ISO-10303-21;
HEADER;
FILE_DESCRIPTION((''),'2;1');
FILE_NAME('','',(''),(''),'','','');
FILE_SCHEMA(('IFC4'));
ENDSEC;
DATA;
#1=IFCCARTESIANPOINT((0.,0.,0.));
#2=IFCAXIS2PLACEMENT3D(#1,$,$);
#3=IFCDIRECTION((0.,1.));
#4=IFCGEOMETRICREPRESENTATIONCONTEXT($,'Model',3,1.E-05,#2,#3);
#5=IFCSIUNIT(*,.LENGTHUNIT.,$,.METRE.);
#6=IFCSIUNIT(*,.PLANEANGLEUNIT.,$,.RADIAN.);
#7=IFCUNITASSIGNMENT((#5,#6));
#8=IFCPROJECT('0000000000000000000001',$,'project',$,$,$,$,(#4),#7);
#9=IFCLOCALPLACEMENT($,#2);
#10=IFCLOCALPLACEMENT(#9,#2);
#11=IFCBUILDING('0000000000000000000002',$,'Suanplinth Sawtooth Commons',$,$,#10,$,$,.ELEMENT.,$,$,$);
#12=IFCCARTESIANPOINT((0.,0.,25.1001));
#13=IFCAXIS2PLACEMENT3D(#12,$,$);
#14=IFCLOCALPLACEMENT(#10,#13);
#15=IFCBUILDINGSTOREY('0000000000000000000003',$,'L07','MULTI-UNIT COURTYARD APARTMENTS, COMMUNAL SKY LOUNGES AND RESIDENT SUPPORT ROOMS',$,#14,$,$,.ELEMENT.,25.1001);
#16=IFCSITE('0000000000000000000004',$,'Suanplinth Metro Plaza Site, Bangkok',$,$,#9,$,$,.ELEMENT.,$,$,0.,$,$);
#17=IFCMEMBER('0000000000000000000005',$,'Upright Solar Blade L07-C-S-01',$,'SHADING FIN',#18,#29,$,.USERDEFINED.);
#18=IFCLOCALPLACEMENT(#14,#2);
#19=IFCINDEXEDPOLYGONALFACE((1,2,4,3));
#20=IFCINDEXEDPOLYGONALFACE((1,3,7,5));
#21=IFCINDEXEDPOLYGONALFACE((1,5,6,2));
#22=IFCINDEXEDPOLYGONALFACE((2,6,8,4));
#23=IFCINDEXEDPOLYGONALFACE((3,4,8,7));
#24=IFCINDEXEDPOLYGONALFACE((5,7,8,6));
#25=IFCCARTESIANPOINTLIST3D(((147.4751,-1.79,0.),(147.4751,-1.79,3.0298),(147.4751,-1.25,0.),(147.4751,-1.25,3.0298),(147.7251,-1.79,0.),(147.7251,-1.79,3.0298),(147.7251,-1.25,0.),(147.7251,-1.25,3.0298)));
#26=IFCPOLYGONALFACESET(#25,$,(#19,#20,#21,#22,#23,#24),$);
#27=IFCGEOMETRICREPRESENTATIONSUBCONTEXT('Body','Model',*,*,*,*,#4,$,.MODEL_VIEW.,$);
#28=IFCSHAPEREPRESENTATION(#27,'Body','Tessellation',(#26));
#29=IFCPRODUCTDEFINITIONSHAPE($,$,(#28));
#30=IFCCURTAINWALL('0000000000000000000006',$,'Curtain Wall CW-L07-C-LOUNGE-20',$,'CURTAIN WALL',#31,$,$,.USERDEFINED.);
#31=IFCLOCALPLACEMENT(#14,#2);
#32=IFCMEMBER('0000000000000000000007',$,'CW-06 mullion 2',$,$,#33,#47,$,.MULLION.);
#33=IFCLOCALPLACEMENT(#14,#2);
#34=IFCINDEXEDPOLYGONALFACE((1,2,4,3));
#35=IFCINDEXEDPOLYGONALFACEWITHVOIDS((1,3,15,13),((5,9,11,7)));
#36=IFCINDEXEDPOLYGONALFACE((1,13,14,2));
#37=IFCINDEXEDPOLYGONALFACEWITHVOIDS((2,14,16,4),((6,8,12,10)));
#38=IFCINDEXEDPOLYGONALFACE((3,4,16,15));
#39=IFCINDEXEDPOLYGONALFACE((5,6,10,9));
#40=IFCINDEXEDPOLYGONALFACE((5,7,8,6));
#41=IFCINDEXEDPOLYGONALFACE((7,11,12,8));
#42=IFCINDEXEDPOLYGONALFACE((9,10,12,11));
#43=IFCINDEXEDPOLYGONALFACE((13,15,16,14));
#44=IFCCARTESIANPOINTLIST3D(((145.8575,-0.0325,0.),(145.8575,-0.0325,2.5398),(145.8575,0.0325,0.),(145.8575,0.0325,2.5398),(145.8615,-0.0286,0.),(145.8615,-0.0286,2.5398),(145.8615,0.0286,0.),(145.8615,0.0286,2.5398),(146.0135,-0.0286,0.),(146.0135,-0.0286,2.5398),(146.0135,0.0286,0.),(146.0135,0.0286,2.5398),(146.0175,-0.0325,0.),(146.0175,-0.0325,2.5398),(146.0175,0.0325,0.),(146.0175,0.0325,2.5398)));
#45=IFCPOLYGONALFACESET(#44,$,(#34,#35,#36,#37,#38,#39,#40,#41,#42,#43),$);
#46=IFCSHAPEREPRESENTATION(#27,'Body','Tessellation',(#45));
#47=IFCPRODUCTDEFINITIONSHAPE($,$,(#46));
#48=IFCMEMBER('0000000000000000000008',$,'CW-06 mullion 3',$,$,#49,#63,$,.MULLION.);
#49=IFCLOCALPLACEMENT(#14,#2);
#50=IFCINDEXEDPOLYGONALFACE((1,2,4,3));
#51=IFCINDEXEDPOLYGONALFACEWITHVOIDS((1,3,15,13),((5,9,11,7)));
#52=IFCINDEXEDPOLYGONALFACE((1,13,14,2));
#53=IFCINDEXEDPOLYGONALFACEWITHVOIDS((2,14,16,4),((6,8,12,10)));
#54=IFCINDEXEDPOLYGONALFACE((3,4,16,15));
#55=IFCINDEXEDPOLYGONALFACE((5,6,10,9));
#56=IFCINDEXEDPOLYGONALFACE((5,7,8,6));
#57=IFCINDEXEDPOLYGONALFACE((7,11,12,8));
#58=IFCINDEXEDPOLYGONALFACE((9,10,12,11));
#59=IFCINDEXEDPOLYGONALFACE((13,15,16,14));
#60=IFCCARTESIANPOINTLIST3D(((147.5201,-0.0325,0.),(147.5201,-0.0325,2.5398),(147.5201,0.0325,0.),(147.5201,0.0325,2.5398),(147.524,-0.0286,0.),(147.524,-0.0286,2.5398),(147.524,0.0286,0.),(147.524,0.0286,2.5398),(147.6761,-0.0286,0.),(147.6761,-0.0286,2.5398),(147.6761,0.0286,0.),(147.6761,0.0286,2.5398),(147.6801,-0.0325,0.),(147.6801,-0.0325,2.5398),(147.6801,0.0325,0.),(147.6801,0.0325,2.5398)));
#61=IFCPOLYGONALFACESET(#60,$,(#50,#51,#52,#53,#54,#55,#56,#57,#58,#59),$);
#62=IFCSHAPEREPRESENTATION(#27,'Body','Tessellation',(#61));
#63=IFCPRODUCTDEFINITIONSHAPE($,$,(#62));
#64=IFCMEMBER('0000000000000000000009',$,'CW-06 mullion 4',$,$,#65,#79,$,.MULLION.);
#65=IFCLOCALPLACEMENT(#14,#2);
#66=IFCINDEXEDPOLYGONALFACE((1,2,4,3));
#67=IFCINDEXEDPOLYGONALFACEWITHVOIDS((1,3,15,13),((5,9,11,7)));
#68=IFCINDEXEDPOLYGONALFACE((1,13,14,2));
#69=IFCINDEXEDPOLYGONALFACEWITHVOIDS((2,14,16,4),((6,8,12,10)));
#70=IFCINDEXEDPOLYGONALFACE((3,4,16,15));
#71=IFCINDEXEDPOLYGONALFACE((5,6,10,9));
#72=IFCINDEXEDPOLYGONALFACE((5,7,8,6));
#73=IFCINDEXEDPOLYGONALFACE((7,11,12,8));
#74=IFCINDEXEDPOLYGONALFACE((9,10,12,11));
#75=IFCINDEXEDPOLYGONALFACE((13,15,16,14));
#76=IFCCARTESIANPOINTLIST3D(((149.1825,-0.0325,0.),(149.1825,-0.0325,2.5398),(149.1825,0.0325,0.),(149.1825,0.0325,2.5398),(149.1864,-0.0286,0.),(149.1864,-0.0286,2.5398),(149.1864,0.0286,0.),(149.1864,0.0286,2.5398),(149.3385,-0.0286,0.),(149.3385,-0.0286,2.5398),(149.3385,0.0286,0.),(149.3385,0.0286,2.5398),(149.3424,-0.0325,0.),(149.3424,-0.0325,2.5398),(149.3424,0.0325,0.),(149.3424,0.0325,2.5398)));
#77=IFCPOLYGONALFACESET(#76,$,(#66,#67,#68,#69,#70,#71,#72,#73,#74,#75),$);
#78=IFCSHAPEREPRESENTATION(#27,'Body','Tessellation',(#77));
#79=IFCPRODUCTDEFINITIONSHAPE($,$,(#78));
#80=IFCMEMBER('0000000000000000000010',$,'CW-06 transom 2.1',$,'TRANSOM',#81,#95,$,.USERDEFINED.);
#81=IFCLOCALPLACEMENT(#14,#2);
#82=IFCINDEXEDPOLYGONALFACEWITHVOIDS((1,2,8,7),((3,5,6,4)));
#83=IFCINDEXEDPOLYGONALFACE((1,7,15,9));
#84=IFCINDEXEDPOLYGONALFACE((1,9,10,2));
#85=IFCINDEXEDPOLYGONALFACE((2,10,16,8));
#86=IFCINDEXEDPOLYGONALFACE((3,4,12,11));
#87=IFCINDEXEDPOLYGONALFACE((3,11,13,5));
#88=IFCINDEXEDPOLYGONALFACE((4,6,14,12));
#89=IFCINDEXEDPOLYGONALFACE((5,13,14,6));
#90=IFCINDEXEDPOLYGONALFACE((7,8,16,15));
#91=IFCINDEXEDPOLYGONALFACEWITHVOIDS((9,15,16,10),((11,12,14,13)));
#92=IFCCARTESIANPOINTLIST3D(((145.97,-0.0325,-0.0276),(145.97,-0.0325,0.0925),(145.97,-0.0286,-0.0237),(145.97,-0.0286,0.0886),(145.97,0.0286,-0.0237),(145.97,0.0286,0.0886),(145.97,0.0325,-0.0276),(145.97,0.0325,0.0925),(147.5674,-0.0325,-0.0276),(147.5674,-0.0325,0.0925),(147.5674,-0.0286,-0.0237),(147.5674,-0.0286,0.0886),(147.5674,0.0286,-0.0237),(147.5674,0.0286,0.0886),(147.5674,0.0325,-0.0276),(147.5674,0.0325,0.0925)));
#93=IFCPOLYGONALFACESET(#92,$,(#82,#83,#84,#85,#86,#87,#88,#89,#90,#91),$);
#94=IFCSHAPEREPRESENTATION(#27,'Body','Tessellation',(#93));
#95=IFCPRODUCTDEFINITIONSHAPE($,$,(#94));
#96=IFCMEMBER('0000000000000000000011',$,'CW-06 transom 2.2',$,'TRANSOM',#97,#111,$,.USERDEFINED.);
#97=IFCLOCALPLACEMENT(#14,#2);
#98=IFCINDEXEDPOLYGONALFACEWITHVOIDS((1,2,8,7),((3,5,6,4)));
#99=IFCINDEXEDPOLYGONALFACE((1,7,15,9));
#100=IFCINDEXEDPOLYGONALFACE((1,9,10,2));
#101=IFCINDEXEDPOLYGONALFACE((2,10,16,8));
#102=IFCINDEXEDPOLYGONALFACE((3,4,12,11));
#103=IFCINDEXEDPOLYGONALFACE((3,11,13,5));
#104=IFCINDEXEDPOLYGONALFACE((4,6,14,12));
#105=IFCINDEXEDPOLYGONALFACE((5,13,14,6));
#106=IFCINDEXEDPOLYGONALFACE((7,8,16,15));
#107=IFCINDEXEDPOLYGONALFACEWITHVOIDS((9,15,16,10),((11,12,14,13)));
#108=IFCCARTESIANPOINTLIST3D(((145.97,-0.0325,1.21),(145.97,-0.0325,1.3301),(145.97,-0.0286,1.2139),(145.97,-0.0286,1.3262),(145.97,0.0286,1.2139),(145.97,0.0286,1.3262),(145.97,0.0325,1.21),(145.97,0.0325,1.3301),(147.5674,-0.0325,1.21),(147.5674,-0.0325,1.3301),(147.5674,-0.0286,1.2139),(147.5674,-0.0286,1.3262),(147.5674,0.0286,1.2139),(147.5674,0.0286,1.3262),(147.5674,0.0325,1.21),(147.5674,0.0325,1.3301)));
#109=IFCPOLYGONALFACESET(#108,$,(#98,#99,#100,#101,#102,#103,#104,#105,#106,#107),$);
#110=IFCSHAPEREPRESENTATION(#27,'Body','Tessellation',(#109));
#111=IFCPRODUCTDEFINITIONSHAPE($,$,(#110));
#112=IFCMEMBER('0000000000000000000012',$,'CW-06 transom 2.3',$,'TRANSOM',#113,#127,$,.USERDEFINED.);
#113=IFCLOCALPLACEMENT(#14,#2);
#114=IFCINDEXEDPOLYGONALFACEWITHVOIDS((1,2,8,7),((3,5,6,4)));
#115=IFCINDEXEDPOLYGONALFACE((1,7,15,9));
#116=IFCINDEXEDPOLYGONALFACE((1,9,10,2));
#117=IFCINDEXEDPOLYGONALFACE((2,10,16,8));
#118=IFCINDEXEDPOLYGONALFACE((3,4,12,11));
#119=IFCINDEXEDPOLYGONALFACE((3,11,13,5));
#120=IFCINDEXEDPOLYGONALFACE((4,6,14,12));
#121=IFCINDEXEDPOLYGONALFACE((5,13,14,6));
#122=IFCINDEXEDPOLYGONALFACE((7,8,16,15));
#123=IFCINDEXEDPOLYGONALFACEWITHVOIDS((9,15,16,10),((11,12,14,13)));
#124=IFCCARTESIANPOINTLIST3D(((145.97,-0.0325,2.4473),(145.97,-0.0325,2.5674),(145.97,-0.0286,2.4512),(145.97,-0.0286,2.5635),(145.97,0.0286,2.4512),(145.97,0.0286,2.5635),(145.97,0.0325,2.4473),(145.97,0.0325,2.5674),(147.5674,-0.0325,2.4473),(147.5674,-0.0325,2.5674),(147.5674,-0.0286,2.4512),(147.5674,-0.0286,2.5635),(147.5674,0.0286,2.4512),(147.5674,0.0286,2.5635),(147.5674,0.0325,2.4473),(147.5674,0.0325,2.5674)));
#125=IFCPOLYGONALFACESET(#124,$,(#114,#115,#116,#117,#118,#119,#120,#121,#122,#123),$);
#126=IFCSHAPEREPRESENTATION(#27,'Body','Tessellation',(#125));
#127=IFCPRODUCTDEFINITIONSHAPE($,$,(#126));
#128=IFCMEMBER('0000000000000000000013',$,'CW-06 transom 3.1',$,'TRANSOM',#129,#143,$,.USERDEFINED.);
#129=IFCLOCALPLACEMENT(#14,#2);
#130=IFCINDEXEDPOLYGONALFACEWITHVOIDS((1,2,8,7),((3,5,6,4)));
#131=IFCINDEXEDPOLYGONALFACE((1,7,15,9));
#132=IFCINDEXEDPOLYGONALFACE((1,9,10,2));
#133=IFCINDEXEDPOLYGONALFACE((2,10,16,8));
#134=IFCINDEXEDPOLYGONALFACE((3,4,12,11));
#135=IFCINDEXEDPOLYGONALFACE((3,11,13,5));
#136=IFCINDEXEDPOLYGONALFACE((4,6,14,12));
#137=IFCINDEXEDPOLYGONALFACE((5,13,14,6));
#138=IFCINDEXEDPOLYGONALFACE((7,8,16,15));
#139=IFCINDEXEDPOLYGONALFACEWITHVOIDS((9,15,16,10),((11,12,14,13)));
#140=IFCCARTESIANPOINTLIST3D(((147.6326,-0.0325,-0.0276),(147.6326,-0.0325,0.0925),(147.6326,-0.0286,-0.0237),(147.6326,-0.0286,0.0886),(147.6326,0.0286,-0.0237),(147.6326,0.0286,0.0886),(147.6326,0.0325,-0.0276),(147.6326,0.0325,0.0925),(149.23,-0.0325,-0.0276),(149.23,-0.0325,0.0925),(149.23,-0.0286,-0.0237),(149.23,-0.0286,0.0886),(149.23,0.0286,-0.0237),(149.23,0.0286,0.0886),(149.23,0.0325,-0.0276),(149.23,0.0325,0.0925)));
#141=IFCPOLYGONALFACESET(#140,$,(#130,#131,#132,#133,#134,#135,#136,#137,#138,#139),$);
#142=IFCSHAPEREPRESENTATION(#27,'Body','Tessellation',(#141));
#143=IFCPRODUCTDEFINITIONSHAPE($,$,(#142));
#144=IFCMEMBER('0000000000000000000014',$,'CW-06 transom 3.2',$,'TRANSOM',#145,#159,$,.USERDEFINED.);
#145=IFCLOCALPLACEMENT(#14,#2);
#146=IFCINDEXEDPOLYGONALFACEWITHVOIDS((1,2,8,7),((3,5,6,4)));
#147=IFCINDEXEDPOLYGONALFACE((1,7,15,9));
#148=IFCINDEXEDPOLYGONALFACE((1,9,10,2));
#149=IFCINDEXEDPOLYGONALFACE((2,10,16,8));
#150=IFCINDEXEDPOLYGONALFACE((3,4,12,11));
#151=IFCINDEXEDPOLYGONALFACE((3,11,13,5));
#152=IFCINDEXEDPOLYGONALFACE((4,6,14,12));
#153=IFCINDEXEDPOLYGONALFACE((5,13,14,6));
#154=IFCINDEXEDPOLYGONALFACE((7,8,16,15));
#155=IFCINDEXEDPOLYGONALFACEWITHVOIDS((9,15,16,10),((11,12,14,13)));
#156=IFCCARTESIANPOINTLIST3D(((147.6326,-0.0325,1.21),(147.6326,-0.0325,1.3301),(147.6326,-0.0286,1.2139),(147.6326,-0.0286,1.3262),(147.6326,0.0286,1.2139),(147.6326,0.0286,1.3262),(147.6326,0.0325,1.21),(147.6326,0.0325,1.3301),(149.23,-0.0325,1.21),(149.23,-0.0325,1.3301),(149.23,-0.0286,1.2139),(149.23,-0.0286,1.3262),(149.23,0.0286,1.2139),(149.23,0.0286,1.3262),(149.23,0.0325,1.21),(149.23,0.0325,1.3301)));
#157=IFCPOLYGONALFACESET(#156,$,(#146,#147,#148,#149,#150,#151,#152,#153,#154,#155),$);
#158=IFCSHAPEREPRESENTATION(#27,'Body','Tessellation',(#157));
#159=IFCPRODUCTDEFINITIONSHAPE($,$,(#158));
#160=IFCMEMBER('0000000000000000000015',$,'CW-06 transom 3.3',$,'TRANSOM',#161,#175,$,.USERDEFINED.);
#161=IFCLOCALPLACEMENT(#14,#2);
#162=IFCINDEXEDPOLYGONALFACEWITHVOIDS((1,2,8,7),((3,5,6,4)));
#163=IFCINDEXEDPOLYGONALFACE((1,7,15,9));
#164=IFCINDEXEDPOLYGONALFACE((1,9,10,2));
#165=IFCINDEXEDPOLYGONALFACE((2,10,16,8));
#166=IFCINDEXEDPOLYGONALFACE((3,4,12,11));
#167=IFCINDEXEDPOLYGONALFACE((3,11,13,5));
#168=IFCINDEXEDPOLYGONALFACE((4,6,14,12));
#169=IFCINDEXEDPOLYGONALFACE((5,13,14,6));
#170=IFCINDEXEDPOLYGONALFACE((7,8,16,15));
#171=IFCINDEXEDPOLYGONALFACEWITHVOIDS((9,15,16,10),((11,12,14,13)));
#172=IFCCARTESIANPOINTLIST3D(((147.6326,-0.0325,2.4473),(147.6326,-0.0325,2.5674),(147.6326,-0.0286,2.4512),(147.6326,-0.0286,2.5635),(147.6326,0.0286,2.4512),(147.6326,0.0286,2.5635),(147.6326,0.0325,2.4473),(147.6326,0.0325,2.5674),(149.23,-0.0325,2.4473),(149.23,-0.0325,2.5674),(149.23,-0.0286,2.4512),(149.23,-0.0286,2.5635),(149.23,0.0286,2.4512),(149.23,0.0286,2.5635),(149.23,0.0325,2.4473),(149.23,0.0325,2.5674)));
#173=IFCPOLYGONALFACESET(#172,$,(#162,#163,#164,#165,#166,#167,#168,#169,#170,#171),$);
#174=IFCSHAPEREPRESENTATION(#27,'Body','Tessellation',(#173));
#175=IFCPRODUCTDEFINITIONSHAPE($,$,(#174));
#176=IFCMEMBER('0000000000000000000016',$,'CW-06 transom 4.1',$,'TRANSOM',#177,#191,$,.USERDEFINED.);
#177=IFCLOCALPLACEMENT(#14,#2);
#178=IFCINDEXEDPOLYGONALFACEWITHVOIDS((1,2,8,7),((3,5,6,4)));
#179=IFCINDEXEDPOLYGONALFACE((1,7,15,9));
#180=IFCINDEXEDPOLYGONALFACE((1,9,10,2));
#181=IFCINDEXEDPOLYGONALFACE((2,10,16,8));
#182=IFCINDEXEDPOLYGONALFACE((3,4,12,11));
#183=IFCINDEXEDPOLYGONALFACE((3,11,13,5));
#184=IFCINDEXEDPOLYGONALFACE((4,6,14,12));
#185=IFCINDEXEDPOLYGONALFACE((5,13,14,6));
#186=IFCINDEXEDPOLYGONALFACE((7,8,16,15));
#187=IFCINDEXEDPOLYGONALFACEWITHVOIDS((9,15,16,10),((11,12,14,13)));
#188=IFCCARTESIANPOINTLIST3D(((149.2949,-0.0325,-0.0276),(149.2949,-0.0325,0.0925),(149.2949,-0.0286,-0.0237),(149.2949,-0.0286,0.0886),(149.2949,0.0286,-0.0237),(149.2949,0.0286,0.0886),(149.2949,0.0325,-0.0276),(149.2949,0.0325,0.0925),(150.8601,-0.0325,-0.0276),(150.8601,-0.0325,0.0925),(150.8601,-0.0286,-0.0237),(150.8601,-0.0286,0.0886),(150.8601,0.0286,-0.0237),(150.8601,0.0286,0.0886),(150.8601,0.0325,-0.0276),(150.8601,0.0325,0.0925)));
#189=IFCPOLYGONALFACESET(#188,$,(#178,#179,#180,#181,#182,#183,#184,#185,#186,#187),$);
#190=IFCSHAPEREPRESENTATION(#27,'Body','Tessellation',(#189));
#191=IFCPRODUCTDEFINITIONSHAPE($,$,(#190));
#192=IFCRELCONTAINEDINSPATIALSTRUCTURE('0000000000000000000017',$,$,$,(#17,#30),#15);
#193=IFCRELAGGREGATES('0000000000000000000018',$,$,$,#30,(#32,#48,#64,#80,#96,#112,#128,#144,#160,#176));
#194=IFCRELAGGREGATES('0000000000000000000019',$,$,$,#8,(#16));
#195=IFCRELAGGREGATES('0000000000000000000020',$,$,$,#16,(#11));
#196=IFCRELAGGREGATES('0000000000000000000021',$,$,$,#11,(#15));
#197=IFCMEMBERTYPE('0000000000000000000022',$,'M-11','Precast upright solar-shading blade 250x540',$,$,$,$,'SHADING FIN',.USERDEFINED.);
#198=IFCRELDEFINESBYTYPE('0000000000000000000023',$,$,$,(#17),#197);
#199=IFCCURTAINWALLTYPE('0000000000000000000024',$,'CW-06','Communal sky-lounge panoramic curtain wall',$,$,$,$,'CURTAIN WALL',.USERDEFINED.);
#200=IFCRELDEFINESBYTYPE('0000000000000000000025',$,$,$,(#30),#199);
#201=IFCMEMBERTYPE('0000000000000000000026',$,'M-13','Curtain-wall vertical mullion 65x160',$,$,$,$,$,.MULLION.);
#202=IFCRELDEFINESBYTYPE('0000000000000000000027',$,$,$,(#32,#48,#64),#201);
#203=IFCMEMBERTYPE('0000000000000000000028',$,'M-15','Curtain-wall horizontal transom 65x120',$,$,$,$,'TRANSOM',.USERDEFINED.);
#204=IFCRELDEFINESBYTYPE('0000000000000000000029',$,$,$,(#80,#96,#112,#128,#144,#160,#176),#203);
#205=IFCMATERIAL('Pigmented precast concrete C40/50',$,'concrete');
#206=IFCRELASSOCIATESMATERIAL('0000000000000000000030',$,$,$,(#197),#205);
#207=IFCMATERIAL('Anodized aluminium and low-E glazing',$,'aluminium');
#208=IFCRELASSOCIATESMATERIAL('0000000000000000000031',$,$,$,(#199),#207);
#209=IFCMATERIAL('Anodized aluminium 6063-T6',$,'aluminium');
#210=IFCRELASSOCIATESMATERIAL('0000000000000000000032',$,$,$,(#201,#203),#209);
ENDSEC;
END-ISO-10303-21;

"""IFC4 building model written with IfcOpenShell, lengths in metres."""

from ifc_helpers import new_model, si_unit, direction, frame, origin, origin_2d, place, context, subcontext, project, spatial, rectangle, hollow_rectangle, extrude, material, material_profile, profile_set, type_object, element, aggregate, save


model = new_model("IFC4")

# Units and contexts
model_context = context("Model", 3, precision=1e-05, world=origin(), true_north=direction((0.0, 1.0)))
body_context = subcontext(model_context, "Body", "Model", "MODEL_VIEW")
ifc_project = project(units=[si_unit("LENGTHUNIT", "METRE"), si_unit("PLANEANGLEUNIT", "RADIAN")], contexts=[model_context])

# Site, building, storey
site_placement = place(None, origin())
site = spatial("IfcSite", under=ifc_project, at=site_placement, Name="Suanplinth Metro Plaza Site, Bangkok", CompositionType="ELEMENT", RefElevation=0.0)
building_placement = place(site_placement, origin())
building = spatial("IfcBuilding", under=site, at=building_placement, Name="Suanplinth Sawtooth Commons", CompositionType="ELEMENT")
storey_placement = place(building_placement, frame((0.0, 0.0, 25.1001)))
storey = spatial("IfcBuildingStorey", under=building, at=storey_placement, Name="L07", Description="MULTI-UNIT COURTYARD APARTMENTS, COMMUNAL SKY LOUNGES AND RESIDENT SUPPORT ROOMS", CompositionType="ELEMENT", Elevation=25.1001)

# Member
ifc_material_1 = material(Name="Pigmented precast concrete C40/50", Category="concrete")
ifc_material_profile_1 = material_profile(ifc_material_1, rectangle(XDim=0.25, YDim=0.54, at=origin_2d()), Name="PC-FIN 250x540")
ifc_profile_set_1 = profile_set([ifc_material_profile_1], Name="Pigmented precast concrete C40/50")
member_type_1 = type_object("IfcMemberType", Name="M-11", Description="Precast upright solar-shading blade 250x540", ElementType="SHADING FIN", PredefinedType="USERDEFINED", material=ifc_profile_set_1)
member_1_placement = place(storey_placement, frame((147.6001, -1.52, 0.0), z_axis=(0.0, 0.0, 1.0), x_axis=(1.0, 0.0, 0.0)))
element("IfcMember", 1, at=member_1_placement, inside=storey, type_object=member_type_1, Name="Upright Solar Blade L07-C-S-01", ObjectType="SHADING FIN", PredefinedType="USERDEFINED", context=body_context, shape_type="SweptSolid", body=[
    extrude(rectangle(XDim=0.25, YDim=0.54, at=origin_2d()), origin(), (0.0, 0.0, 1.0), 3.0298),
])

# Curtain wall, members
ifc_material_2 = material(Name="Anodized aluminium and low-E glazing", Category="aluminium")
curtain_wall_type = type_object("IfcCurtainWallType", Name="CW-06", Description="Communal sky-lounge panoramic curtain wall", ElementType="CURTAIN WALL", PredefinedType="USERDEFINED", material=ifc_material_2)
curtain_wall_placement = place(storey_placement, origin())
curtain_wall = element("IfcCurtainWall", 2, at=curtain_wall_placement, inside=storey, type_object=curtain_wall_type, Name="Curtain Wall CW-L07-C-LOUNGE-20", ObjectType="CURTAIN WALL", PredefinedType="USERDEFINED")
ifc_material_3 = material(Name="Anodized aluminium 6063-T6", Category="aluminium")
ifc_material_profile_2 = material_profile(ifc_material_3, hollow_rectangle(XDim=0.0649, YDim=0.1599, WallThickness=0.0039, at=origin_2d()), Name="ALU-MUL 65x160")
ifc_profile_set_2 = profile_set([ifc_material_profile_2], Name="Anodized aluminium 6063-T6")
member_type_2 = type_object("IfcMemberType", Name="M-13", Description="Curtain-wall vertical mullion 65x160", PredefinedType="MULLION", material=ifc_profile_set_2)
member_2_placement = place(storey_placement, frame((145.9375, 0.0, 0.0), z_axis=(0.0, 0.0, 1.0), x_axis=(0.0, 1.0, 0.0)))
member_2 = element("IfcMember", 3, at=member_2_placement, type_object=member_type_2, Name="CW-06 mullion 2", PredefinedType="MULLION", context=body_context, shape_type="SweptSolid", body=[
    extrude(hollow_rectangle(XDim=0.0649, YDim=0.1599, WallThickness=0.0039, at=origin_2d()), origin(), (0.0, 0.0, 1.0), 2.5398),
])
member_3_placement = place(storey_placement, frame((147.6001, 0.0, 0.0), z_axis=(0.0, 0.0, 1.0), x_axis=(0.0, 1.0, 0.0)))
member_3 = element("IfcMember", 4, at=member_3_placement, type_object=member_type_2, Name="CW-06 mullion 3", PredefinedType="MULLION", context=body_context, shape_type="SweptSolid", body=[
    extrude(hollow_rectangle(XDim=0.0649, YDim=0.1599, WallThickness=0.0039, at=origin_2d()), origin(), (0.0, 0.0, 1.0), 2.5398),
])
member_4_placement = place(storey_placement, frame((149.2625, 0.0, 0.0), z_axis=(0.0, 0.0, 1.0), x_axis=(0.0, 1.0, 0.0)))
member_4 = element("IfcMember", 5, at=member_4_placement, type_object=member_type_2, Name="CW-06 mullion 4", PredefinedType="MULLION", context=body_context, shape_type="SweptSolid", body=[
    extrude(hollow_rectangle(XDim=0.0649, YDim=0.1599, WallThickness=0.0039, at=origin_2d()), origin(), (0.0, 0.0, 1.0), 2.5398),
])
ifc_material_profile_3 = material_profile(ifc_material_3, hollow_rectangle(XDim=0.0649, YDim=0.1201, WallThickness=0.0039, at=origin_2d()), Name="ALU-TRN 65x120")
ifc_profile_set_3 = profile_set([ifc_material_profile_3], Name="Anodized aluminium 6063-T6")
member_type_3 = type_object("IfcMemberType", Name="M-15", Description="Curtain-wall horizontal transom 65x120", ElementType="TRANSOM", PredefinedType="USERDEFINED", material=ifc_profile_set_3)
member_5_placement = place(storey_placement, frame((145.97, 0.0, 0.0325), z_axis=(1.0, 0.0, 0.0), x_axis=(0.0, 1.0, 0.0)))
member_5 = element("IfcMember", 6, at=member_5_placement, type_object=member_type_3, Name="CW-06 transom 2.1", ObjectType="TRANSOM", PredefinedType="USERDEFINED", context=body_context, shape_type="SweptSolid", body=[
    extrude(hollow_rectangle(XDim=0.0649, YDim=0.1201, WallThickness=0.0039, at=origin_2d()), origin(), (0.0, 0.0, 1.0), 1.5974),
])
member_6_placement = place(storey_placement, frame((145.97, 0.0, 1.27), z_axis=(1.0, 0.0, 0.0), x_axis=(0.0, 1.0, 0.0)))
member_6 = element("IfcMember", 7, at=member_6_placement, type_object=member_type_3, Name="CW-06 transom 2.2", ObjectType="TRANSOM", PredefinedType="USERDEFINED", context=body_context, shape_type="SweptSolid", body=[
    extrude(hollow_rectangle(XDim=0.0649, YDim=0.1201, WallThickness=0.0039, at=origin_2d()), origin(), (0.0, 0.0, 1.0), 1.5974),
])
member_7_placement = place(storey_placement, frame((145.97, 0.0, 2.5073), z_axis=(1.0, 0.0, 0.0), x_axis=(0.0, 1.0, 0.0)))
member_7 = element("IfcMember", 8, at=member_7_placement, type_object=member_type_3, Name="CW-06 transom 2.3", ObjectType="TRANSOM", PredefinedType="USERDEFINED", context=body_context, shape_type="SweptSolid", body=[
    extrude(hollow_rectangle(XDim=0.0649, YDim=0.1201, WallThickness=0.0039, at=origin_2d()), origin(), (0.0, 0.0, 1.0), 1.5974),
])
member_8_placement = place(storey_placement, frame((147.6326, 0.0, 0.0325), z_axis=(1.0, 0.0, 0.0), x_axis=(0.0, 1.0, 0.0)))
member_8 = element("IfcMember", 9, at=member_8_placement, type_object=member_type_3, Name="CW-06 transom 3.1", ObjectType="TRANSOM", PredefinedType="USERDEFINED", context=body_context, shape_type="SweptSolid", body=[
    extrude(hollow_rectangle(XDim=0.0649, YDim=0.1201, WallThickness=0.0039, at=origin_2d()), origin(), (0.0, 0.0, 1.0), 1.5974),
])
member_9_placement = place(storey_placement, frame((147.6326, 0.0, 1.27), z_axis=(1.0, 0.0, 0.0), x_axis=(0.0, 1.0, 0.0)))
member_9 = element("IfcMember", 10, at=member_9_placement, type_object=member_type_3, Name="CW-06 transom 3.2", ObjectType="TRANSOM", PredefinedType="USERDEFINED", context=body_context, shape_type="SweptSolid", body=[
    extrude(hollow_rectangle(XDim=0.0649, YDim=0.1201, WallThickness=0.0039, at=origin_2d()), origin(), (0.0, 0.0, 1.0), 1.5974),
])
member_10_placement = place(storey_placement, frame((147.6326, 0.0, 2.5073), z_axis=(1.0, 0.0, 0.0), x_axis=(0.0, 1.0, 0.0)))
member_10 = element("IfcMember", 11, at=member_10_placement, type_object=member_type_3, Name="CW-06 transom 3.3", ObjectType="TRANSOM", PredefinedType="USERDEFINED", context=body_context, shape_type="SweptSolid", body=[
    extrude(hollow_rectangle(XDim=0.0649, YDim=0.1201, WallThickness=0.0039, at=origin_2d()), origin(), (0.0, 0.0, 1.0), 1.5974),
])
member_11_placement = place(storey_placement, frame((149.2949, 0.0, 0.0325), z_axis=(1.0, 0.0, 0.0), x_axis=(0.0, 1.0, 0.0)))
member_11 = element("IfcMember", 12, at=member_11_placement, type_object=member_type_3, Name="CW-06 transom 4.1", ObjectType="TRANSOM", PredefinedType="USERDEFINED", context=body_context, shape_type="SweptSolid", body=[
    extrude(hollow_rectangle(XDim=0.0649, YDim=0.1201, WallThickness=0.0039, at=origin_2d()), origin(), (0.0, 0.0, 1.0), 1.5652),
])
aggregate(curtain_wall, [member_2, member_3, member_4, member_5, member_6, member_7, member_8, member_9, member_10, member_11])

save(model, "model.ifc")
